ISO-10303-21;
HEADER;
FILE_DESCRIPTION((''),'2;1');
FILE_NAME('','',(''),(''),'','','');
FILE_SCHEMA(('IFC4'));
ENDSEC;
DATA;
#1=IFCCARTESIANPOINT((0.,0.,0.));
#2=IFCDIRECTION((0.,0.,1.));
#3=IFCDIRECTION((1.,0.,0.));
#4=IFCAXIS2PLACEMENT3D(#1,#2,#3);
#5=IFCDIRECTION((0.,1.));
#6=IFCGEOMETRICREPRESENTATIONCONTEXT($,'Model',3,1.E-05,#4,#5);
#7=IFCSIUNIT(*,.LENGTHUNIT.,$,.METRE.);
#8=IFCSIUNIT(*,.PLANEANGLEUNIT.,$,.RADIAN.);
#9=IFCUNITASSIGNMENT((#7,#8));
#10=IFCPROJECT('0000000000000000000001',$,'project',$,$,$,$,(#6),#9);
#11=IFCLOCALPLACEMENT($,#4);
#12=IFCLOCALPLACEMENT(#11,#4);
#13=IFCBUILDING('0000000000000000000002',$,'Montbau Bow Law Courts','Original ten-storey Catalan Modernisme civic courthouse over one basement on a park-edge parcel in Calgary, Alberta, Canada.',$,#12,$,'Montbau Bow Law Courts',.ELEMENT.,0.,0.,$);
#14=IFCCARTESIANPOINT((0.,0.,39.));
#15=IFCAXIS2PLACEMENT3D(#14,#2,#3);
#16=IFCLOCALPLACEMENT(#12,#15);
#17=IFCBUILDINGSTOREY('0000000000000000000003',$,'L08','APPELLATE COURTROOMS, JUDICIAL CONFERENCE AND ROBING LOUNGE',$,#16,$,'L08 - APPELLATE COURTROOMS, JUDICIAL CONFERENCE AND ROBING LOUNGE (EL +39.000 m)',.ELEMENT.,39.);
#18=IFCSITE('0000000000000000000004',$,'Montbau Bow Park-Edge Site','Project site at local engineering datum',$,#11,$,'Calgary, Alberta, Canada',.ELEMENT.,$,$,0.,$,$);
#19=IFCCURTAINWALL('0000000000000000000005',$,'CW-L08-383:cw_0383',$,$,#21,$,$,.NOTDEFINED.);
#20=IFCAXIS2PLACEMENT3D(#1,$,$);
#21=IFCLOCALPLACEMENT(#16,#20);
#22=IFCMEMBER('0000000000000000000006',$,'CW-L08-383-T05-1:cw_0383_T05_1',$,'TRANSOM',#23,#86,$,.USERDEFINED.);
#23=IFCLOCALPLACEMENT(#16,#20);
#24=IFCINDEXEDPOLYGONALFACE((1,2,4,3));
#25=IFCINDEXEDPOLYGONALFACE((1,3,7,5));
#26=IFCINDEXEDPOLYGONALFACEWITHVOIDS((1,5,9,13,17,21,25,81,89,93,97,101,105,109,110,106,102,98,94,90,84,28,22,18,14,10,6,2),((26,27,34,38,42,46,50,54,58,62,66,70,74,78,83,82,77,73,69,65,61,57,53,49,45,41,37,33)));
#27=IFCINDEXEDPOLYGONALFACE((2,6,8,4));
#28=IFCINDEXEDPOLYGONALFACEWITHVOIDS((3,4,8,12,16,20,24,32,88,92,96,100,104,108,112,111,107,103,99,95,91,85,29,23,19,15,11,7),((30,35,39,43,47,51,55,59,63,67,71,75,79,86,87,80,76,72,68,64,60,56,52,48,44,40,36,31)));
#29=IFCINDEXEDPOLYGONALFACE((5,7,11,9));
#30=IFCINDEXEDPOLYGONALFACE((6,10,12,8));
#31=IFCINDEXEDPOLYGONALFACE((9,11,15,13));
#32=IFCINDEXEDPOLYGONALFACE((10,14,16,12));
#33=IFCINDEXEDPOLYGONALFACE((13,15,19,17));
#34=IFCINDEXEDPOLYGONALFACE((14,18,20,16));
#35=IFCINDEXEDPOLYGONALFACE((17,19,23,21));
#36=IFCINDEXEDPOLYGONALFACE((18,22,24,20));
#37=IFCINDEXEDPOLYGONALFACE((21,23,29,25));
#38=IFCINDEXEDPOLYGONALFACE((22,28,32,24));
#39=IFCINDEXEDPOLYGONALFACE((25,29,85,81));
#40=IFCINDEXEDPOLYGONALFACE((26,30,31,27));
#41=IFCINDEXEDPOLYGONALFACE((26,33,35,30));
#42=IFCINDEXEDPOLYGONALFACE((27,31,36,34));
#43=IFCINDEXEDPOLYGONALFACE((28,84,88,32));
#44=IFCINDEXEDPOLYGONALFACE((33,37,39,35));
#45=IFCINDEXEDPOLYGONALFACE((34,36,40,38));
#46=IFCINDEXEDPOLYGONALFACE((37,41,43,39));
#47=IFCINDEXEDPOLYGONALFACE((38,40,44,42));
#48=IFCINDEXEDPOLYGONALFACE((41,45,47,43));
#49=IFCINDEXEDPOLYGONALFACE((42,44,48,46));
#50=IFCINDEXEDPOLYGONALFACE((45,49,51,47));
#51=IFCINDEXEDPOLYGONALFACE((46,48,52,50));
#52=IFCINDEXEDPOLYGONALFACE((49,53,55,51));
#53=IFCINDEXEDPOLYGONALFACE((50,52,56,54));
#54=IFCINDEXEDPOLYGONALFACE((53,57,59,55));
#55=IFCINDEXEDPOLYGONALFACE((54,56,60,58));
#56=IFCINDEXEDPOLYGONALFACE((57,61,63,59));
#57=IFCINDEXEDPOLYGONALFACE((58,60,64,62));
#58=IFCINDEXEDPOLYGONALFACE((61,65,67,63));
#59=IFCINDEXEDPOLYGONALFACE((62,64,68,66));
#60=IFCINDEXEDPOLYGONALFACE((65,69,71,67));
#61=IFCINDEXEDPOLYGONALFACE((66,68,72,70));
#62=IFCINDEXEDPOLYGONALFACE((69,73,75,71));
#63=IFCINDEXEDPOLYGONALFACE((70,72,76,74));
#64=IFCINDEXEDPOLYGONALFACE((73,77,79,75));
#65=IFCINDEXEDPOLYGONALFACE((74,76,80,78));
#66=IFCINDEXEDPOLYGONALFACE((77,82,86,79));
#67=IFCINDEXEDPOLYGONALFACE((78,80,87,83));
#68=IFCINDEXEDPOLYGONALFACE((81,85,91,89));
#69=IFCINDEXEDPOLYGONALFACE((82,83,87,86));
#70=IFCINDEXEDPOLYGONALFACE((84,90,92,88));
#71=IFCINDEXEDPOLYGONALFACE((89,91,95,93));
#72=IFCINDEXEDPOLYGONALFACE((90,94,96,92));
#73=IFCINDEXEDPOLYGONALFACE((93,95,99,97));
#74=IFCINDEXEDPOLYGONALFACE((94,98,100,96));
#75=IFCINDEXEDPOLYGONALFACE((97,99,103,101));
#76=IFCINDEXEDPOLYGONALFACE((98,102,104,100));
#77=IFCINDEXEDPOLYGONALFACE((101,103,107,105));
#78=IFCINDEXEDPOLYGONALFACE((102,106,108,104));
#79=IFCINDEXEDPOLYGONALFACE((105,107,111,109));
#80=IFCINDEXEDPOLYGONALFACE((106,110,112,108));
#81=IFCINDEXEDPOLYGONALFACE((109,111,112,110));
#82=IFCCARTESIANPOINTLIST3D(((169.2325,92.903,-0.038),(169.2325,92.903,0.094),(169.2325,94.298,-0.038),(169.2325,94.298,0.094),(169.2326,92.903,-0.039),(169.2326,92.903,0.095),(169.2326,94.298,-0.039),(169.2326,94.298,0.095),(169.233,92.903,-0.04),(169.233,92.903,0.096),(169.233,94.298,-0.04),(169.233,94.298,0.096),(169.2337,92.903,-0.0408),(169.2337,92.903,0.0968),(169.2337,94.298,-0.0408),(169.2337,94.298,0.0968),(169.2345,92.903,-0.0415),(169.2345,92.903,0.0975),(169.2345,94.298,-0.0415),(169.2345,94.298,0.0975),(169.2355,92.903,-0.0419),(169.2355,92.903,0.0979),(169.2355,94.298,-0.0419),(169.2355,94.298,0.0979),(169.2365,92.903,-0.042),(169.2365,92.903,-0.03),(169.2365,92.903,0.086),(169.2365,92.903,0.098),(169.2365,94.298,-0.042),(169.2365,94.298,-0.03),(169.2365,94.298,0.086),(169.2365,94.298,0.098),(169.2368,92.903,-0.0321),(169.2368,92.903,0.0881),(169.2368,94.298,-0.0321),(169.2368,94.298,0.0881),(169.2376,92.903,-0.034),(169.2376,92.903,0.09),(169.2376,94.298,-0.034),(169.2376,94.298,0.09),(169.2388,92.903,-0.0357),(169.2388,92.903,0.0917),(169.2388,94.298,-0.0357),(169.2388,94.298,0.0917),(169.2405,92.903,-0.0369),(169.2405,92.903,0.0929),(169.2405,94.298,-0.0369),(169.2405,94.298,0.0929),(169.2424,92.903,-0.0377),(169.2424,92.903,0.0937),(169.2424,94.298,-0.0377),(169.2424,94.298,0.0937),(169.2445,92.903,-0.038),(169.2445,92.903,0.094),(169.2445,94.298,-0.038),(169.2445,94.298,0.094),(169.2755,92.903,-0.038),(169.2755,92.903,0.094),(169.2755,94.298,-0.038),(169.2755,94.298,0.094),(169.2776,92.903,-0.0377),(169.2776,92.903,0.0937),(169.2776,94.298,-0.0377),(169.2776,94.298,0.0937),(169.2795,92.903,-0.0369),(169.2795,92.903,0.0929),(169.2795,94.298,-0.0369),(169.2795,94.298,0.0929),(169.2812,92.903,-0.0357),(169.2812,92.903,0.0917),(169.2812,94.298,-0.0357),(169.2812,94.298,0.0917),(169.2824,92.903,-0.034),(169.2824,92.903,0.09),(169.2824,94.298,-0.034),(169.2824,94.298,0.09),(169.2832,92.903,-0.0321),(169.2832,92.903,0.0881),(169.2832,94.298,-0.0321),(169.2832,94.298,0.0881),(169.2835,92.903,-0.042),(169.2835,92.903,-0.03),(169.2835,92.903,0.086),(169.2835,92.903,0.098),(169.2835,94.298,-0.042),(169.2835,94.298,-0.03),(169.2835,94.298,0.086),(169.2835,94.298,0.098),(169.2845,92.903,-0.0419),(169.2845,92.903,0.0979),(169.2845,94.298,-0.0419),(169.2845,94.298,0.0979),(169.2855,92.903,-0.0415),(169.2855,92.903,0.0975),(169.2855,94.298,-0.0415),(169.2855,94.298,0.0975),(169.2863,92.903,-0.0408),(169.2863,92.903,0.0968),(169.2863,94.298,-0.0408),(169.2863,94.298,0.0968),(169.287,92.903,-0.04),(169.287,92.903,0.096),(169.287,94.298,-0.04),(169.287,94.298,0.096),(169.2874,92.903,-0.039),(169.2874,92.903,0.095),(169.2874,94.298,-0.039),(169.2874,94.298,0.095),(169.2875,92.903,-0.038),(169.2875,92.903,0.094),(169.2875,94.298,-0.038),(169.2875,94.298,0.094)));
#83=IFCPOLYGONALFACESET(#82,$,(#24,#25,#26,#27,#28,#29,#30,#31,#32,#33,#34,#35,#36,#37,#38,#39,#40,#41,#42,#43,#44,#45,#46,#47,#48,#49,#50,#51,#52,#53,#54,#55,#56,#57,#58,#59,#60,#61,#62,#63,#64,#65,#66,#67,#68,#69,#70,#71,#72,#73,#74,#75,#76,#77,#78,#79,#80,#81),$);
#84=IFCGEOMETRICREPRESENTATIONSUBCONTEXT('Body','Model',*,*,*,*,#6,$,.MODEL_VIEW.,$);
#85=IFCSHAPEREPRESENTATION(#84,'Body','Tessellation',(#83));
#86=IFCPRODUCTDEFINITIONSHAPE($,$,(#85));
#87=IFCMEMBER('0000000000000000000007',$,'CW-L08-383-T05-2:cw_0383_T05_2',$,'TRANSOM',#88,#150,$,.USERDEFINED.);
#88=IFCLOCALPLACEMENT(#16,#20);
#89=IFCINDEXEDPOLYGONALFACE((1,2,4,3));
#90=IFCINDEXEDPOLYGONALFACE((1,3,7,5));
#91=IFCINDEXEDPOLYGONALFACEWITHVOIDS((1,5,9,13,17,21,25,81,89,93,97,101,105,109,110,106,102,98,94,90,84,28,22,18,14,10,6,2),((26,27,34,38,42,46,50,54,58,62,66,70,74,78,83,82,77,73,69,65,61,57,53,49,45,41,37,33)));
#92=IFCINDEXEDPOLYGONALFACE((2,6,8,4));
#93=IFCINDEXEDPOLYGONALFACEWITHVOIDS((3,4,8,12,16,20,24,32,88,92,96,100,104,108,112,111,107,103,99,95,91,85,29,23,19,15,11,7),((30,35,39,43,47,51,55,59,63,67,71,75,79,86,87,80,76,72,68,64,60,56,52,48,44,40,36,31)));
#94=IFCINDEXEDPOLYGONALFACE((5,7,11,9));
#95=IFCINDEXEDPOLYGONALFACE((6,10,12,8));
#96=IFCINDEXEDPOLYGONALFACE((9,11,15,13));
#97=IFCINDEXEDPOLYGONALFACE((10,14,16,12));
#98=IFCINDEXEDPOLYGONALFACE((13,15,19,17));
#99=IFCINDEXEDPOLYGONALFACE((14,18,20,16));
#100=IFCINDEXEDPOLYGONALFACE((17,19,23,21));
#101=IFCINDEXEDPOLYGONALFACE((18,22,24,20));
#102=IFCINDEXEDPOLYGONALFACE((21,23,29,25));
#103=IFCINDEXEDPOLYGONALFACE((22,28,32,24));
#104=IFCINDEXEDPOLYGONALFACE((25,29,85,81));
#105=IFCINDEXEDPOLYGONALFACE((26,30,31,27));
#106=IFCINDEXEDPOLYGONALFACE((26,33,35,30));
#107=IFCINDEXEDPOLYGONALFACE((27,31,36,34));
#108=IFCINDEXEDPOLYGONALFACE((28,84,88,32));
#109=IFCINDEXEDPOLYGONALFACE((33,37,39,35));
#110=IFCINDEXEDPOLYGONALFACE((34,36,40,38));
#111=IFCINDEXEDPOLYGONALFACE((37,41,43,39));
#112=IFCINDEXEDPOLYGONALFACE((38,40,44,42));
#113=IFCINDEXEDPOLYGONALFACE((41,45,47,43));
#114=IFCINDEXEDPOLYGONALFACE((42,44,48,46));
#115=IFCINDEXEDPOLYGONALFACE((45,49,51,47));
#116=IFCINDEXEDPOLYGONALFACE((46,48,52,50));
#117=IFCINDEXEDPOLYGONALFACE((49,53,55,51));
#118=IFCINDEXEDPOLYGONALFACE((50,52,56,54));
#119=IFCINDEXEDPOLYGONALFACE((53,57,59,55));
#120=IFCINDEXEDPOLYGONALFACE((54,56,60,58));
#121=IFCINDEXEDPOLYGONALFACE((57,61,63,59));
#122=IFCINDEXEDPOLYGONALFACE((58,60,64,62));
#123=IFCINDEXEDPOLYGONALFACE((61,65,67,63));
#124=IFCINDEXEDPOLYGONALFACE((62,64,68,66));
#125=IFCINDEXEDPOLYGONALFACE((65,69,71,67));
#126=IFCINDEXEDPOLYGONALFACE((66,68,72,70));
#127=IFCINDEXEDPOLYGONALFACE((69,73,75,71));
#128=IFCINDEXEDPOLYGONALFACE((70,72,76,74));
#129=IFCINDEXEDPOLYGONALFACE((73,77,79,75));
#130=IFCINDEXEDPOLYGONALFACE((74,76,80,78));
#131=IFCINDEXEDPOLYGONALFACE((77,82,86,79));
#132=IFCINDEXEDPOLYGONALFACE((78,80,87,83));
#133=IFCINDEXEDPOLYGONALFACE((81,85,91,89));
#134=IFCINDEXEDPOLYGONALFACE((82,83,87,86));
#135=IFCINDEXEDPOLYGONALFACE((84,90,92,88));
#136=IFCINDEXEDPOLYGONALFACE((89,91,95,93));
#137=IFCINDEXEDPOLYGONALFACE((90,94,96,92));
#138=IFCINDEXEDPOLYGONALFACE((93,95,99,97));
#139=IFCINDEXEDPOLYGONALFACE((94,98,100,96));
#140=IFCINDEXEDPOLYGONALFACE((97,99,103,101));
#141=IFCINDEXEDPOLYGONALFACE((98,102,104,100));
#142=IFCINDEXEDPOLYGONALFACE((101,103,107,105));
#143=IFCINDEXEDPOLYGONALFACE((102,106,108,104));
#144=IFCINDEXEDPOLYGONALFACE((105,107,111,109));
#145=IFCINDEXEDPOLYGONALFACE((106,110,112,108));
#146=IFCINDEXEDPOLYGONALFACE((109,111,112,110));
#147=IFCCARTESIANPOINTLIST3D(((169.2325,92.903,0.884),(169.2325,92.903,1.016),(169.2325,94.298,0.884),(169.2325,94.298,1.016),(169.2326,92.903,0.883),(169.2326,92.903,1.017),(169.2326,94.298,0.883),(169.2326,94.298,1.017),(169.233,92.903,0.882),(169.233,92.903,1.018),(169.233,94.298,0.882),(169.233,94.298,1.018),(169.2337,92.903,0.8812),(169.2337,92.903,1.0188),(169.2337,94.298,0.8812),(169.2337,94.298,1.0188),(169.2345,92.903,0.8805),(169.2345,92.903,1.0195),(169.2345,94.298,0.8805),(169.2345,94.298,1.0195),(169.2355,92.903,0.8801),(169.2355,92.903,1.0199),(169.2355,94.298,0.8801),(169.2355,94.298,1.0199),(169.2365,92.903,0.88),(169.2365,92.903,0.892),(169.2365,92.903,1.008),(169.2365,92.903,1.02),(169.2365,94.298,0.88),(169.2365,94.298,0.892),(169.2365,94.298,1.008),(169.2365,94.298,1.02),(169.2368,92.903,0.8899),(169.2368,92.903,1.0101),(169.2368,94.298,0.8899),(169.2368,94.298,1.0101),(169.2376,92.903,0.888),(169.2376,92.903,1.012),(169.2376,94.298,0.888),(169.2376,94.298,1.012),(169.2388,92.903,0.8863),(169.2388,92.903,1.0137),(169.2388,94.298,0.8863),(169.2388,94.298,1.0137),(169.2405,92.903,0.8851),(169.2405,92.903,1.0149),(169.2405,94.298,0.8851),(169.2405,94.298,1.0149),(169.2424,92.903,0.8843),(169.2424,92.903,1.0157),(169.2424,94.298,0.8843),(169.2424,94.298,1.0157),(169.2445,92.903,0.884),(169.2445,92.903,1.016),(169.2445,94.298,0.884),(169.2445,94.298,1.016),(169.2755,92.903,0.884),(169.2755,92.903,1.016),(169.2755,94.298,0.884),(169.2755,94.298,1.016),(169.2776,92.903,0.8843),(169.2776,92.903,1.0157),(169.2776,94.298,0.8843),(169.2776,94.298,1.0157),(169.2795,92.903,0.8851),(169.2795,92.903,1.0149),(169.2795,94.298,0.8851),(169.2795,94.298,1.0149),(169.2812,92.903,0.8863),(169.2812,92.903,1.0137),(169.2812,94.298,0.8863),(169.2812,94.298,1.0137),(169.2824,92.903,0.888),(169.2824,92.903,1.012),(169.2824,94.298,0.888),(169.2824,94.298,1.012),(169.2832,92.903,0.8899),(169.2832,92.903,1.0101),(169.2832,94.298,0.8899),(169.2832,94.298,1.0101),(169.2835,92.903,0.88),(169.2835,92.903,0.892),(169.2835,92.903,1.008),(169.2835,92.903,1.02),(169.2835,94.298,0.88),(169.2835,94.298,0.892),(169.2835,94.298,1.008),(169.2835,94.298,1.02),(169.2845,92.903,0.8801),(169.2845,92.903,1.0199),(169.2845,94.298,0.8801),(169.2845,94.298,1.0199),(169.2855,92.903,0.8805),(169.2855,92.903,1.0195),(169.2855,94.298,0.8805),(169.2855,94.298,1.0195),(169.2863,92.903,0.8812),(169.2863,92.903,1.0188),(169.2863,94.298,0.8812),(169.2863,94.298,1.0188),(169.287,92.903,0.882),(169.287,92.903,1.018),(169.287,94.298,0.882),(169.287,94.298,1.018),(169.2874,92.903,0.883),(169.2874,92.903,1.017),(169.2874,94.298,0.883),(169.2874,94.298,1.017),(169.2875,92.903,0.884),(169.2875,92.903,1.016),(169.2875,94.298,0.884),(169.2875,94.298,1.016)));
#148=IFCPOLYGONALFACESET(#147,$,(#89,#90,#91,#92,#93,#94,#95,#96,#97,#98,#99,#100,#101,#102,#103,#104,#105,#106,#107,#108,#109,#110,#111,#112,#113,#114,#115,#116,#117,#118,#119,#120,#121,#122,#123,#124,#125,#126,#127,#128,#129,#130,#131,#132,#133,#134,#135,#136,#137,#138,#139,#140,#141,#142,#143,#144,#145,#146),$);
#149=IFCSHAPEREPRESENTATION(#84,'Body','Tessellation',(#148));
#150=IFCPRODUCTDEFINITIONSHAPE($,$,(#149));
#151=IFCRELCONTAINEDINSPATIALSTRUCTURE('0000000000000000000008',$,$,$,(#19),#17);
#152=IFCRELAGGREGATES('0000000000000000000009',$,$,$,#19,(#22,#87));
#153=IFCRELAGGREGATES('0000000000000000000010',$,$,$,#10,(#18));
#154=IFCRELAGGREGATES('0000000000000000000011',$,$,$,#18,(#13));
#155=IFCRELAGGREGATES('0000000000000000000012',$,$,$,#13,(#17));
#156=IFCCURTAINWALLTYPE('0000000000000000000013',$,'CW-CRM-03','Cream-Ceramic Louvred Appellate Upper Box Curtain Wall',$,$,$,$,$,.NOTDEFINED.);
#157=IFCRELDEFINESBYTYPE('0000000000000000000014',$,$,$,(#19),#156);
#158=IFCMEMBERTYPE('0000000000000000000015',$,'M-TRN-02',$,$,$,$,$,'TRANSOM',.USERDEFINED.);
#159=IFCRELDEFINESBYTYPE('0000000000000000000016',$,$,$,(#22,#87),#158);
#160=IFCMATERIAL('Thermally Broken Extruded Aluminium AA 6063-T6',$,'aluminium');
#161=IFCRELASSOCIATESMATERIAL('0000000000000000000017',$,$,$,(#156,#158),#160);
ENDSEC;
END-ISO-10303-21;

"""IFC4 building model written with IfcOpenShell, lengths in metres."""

from ifc_helpers import new_model, si_unit, direction, frame, origin_with_axes, origin_2d_with_axis, place, context, subcontext, project, spatial, hollow_rectangle, extrude, material, material_profile, profile_set, type_object, element, aggregate, save


model = new_model("IFC4")

# Units and contexts
model_context = context("Model", 3, precision=1e-05, world=origin_with_axes(), true_north=direction((0.0, 1.0)))
body_context = subcontext(model_context, "Body", "Model", "MODEL_VIEW")
ifc_project = project(units=[si_unit("LENGTHUNIT", "METRE"), si_unit("PLANEANGLEUNIT", "RADIAN")], contexts=[model_context])

# Site, building, storey
site_placement = place(None, origin_with_axes())
site = spatial("IfcSite", under=ifc_project, at=site_placement, Name="Montbau Bow Park-Edge Site", Description="Project site at local engineering datum", LongName="Calgary, Alberta, Canada", CompositionType="ELEMENT", RefElevation=0.0)
building_placement = place(site_placement, origin_with_axes())
building = spatial("IfcBuilding", under=site, at=building_placement, Name="Montbau Bow Law Courts", Description="Original ten-storey Catalan Modernisme civic courthouse over one basement on a park-edge parcel in Calgary, Alberta, Canada.", LongName="Montbau Bow Law Courts", CompositionType="ELEMENT", ElevationOfRefHeight=0.0, ElevationOfTerrain=0.0)
storey_placement = place(building_placement, frame((0.0, 0.0, 39.0), z_axis=(0.0, 0.0, 1.0), x_axis=(1.0, 0.0, 0.0)))
storey = spatial("IfcBuildingStorey", under=building, at=storey_placement, Name="L08", Description="APPELLATE COURTROOMS, JUDICIAL CONFERENCE AND ROBING LOUNGE", LongName="L08 - APPELLATE COURTROOMS, JUDICIAL CONFERENCE AND ROBING LOUNGE (EL +39.000 m)", CompositionType="ELEMENT", Elevation=39.0)

# Curtain wall, members
ifc_material_1 = material(Name="Thermally Broken Extruded Aluminium AA 6063-T6", Category="aluminium")
curtain_wall_type = type_object("IfcCurtainWallType", Name="CW-CRM-03", Description="Cream-Ceramic Louvred Appellate Upper Box Curtain Wall", PredefinedType="NOTDEFINED", material=ifc_material_1)
curtain_wall_placement = place(None, frame((169.26, 86.915, 39.0), z_axis=(0.0, 0.0, 1.0), x_axis=(1.0, 0.0, 0.0)))
curtain_wall = element("IfcCurtainWall", 1, at=curtain_wall_placement, inside=storey, type_object=curtain_wall_type, Name="CW-L08-383:cw_0383", PredefinedType="NOTDEFINED")
ifc_material_profile_1 = material_profile(ifc_material_1, hollow_rectangle(XDim=0.055, YDim=0.14, WallThickness=0.004, InnerFilletRadius=0.008, OuterFilletRadius=0.004, at=origin_2d_with_axis()), Name="CWT-140X55", Category="Main", Priority=0)
ifc_profile_set_1 = profile_set([ifc_material_profile_1], Name="Thermally Broken Extruded Aluminium AA 6063-T6")
member_type_1 = type_object("IfcMemberType", Name="M-TRN-02", ElementType="TRANSOM", PredefinedType="USERDEFINED", material=ifc_profile_set_1)
member_1_placement = place(None, frame((169.26, 92.903, 39.028), z_axis=(0.0, 1.0, 0.0), x_axis=(-1.0, 0.0, 0.0)))
member_1 = element("IfcMember", 2, at=member_1_placement, type_object=member_type_1, Name="CW-L08-383-T05-1:cw_0383_T05_1", ObjectType="TRANSOM", PredefinedType="USERDEFINED", context=body_context, shape_type="SweptSolid", body=[
    extrude(hollow_rectangle(XDim=0.055, YDim=0.14, WallThickness=0.004, InnerFilletRadius=0.008, OuterFilletRadius=0.004, at=origin_2d_with_axis()), origin_with_axes(), (0.0, 0.0, 1.0), 1.395),
])
member_2_placement = place(None, frame((169.26, 92.903, 39.95), z_axis=(0.0, 1.0, 0.0), x_axis=(-1.0, 0.0, 0.0)))
member_2 = element("IfcMember", 3, at=member_2_placement, type_object=member_type_1, Name="CW-L08-383-T05-2:cw_0383_T05_2", ObjectType="TRANSOM", PredefinedType="USERDEFINED", context=body_context, shape_type="SweptSolid", body=[
    extrude(hollow_rectangle(XDim=0.055, YDim=0.14, WallThickness=0.004, InnerFilletRadius=0.008, OuterFilletRadius=0.004, at=origin_2d_with_axis()), origin_with_axes(), (0.0, 0.0, 1.0), 1.395),
])
aggregate(curtain_wall, [member_1, member_2])

save(model, "model.ifc")
